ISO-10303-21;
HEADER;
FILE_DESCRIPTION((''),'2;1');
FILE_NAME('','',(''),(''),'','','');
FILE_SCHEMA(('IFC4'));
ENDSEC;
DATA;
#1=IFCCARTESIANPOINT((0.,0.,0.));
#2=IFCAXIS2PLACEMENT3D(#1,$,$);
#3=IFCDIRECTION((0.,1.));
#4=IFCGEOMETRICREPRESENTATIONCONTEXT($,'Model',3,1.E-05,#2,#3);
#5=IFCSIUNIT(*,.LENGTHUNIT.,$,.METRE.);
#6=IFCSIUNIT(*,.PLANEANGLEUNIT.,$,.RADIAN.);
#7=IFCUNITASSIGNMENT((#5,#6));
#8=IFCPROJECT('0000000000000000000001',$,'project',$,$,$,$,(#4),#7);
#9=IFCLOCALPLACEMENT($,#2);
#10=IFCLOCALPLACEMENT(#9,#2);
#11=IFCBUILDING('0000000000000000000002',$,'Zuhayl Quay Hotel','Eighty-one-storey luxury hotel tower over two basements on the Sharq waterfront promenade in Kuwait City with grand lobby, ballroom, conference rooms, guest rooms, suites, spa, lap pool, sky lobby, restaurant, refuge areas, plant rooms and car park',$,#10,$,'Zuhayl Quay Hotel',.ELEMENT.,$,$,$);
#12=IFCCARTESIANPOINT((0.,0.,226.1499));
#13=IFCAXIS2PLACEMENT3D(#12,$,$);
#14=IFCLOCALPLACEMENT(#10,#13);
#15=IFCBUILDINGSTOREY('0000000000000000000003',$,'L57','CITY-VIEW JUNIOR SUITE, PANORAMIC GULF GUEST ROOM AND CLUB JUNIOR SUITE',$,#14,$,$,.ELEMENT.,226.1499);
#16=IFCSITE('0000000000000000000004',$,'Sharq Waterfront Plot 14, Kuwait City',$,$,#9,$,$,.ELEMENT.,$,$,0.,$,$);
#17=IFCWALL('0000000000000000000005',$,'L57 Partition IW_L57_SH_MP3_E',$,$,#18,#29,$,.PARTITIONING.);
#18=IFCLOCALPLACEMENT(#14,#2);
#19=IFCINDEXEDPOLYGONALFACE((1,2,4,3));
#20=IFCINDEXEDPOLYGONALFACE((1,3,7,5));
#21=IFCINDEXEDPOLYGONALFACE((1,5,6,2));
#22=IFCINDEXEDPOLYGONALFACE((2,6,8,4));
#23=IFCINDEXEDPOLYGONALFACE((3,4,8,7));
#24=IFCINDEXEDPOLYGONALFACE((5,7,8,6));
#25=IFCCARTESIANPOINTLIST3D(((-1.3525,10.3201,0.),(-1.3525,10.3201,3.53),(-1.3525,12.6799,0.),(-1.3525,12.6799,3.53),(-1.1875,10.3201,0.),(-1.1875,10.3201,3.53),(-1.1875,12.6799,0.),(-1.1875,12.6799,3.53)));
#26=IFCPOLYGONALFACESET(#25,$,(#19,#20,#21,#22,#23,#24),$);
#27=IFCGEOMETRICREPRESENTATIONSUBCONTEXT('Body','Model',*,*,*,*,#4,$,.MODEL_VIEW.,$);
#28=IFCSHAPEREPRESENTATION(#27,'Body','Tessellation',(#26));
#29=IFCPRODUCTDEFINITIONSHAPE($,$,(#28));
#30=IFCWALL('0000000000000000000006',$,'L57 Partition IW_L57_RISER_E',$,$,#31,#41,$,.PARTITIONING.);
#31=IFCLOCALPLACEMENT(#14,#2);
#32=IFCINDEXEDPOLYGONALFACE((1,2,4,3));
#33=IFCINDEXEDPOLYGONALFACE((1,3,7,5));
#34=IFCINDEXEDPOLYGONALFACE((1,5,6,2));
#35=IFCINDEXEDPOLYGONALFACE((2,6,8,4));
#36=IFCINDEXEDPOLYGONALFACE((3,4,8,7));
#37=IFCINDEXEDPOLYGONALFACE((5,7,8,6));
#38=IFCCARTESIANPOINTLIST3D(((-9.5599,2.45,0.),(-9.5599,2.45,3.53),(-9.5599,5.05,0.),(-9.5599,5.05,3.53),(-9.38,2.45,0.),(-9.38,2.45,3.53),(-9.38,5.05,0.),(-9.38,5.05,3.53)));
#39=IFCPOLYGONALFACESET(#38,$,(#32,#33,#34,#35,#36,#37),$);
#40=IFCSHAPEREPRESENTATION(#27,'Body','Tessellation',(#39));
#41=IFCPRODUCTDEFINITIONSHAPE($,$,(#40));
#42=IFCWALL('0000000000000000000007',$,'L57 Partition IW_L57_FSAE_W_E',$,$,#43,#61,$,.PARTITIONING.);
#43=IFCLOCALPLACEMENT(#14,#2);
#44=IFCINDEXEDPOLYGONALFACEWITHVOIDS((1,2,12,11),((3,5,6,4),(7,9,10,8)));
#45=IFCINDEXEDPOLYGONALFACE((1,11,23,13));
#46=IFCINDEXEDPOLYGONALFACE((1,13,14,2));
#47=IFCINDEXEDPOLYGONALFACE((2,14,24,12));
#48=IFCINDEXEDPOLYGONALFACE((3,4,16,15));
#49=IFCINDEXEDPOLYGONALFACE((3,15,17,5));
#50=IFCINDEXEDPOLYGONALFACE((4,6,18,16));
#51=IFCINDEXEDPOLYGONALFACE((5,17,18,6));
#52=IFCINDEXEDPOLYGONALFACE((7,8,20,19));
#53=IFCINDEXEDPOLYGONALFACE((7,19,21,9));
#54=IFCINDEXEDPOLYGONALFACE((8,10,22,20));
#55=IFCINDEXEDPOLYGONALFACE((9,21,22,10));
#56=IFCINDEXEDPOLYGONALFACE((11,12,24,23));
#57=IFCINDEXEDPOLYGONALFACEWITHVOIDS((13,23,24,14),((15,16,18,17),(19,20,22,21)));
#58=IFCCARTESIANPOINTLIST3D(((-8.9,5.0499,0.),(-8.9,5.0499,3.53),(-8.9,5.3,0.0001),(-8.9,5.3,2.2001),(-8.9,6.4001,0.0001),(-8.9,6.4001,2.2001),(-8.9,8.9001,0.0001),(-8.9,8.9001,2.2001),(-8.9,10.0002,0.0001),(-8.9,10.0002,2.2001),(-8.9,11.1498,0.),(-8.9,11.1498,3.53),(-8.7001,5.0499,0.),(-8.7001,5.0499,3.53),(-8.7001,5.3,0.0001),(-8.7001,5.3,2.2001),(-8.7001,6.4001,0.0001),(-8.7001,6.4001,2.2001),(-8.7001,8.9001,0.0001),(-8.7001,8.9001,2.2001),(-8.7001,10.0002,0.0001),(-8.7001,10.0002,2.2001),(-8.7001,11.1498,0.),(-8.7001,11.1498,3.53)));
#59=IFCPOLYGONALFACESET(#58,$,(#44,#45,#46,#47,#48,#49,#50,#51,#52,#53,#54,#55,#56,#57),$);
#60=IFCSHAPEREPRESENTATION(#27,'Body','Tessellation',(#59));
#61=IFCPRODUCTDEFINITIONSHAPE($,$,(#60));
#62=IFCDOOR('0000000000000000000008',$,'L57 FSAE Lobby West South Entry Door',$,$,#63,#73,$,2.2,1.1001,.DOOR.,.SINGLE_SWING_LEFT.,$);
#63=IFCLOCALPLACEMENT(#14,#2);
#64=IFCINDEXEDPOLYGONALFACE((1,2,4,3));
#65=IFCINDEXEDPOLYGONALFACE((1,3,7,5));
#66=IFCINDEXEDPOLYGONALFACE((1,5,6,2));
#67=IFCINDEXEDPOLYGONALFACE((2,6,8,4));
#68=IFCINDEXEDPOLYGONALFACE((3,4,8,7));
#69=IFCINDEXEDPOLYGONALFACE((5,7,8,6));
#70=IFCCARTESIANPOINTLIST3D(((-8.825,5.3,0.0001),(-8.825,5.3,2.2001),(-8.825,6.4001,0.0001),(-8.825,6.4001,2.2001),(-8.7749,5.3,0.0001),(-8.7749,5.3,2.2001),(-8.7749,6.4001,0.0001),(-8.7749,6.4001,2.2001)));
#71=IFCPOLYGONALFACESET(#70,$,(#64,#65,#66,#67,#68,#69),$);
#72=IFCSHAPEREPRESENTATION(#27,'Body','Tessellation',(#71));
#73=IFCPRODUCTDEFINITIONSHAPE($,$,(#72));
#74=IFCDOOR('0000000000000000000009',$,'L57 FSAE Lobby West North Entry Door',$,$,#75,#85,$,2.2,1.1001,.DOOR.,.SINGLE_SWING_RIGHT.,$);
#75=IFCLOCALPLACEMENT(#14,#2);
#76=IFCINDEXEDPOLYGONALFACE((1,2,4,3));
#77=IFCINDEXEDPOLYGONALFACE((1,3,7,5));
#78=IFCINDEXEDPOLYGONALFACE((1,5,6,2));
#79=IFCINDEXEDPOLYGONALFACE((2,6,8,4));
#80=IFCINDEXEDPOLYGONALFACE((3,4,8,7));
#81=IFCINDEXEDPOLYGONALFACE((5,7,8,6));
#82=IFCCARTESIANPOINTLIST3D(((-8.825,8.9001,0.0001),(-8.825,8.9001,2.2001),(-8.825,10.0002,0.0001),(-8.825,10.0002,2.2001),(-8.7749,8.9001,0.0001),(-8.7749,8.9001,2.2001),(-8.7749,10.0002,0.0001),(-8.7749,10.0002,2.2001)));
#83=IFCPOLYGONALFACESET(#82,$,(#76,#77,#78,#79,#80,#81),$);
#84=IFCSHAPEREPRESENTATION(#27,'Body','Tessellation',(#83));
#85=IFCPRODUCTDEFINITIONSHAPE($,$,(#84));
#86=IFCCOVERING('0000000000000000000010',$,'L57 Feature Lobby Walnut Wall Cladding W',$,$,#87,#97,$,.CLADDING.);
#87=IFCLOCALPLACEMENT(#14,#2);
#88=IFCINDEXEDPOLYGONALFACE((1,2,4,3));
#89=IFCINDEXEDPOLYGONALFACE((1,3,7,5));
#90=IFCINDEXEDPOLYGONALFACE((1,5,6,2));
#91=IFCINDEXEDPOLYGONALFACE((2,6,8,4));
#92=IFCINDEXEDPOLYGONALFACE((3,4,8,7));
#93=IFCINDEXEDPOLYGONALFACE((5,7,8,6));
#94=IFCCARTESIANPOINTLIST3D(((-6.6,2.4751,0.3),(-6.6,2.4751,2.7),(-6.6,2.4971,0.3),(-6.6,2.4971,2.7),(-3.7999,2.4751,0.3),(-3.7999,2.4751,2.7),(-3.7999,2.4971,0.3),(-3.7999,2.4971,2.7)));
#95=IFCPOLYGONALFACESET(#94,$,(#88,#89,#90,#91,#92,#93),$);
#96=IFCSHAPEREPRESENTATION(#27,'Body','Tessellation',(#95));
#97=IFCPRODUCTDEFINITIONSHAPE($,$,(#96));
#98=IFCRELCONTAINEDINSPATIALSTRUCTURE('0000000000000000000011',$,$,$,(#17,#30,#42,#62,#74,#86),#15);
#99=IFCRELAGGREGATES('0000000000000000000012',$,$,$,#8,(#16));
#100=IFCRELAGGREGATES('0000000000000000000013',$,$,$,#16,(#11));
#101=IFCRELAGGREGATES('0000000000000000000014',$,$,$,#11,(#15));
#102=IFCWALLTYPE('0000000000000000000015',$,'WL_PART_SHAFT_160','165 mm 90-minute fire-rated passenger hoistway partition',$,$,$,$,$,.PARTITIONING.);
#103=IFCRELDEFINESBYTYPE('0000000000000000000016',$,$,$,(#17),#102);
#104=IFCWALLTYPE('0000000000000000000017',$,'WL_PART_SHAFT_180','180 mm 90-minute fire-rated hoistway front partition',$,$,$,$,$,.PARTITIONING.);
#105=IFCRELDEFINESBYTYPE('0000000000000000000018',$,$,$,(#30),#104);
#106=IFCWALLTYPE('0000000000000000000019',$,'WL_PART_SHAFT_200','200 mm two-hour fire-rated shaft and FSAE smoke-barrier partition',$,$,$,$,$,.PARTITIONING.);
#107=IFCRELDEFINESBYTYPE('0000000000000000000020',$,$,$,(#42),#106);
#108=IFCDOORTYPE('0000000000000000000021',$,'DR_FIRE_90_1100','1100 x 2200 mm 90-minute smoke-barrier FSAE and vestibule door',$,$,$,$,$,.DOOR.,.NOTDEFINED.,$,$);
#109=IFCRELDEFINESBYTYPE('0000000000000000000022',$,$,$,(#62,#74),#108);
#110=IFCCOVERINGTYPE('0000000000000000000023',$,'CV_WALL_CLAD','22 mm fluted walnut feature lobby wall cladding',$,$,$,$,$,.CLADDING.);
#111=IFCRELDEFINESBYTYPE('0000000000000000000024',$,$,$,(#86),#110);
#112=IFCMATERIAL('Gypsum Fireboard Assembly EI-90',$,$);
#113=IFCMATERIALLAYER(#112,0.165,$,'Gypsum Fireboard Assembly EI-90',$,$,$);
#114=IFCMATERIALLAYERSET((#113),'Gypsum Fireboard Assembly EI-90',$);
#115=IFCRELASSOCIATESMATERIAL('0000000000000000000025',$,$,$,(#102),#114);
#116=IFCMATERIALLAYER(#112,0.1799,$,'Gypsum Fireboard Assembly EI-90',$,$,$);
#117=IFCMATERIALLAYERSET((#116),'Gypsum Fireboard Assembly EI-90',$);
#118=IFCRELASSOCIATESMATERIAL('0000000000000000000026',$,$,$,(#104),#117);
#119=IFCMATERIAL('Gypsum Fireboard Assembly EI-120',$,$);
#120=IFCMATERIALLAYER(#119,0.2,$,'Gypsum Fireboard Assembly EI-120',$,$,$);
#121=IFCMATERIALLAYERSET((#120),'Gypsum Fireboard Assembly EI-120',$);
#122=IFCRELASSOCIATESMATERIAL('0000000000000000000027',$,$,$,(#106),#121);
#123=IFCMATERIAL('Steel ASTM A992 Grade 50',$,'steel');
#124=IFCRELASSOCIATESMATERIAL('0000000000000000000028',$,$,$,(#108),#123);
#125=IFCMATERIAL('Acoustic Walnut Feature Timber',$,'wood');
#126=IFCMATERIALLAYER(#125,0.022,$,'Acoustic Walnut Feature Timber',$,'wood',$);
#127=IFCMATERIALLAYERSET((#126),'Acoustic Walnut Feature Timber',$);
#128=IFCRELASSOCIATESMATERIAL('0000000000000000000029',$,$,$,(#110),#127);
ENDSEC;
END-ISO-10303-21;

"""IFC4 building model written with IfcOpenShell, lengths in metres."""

from ifc_helpers import new_model, si_unit, direction, frame, frame_2d, origin, origin_2d, place, context, subcontext, project, spatial, rectangle, extrude, material, layer, layer_set, type_object, element, fill, save


model = new_model("IFC4")

# Units and contexts
model_context = context("Model", 3, precision=1e-05, world=origin(), true_north=direction((0.0, 1.0)))
body_context = subcontext(model_context, "Body", "Model", "MODEL_VIEW")
ifc_project = project(units=[si_unit("LENGTHUNIT", "METRE"), si_unit("PLANEANGLEUNIT", "RADIAN")], contexts=[model_context])

# Site, building, storey
site_placement = place(None, origin())
site = spatial("IfcSite", under=ifc_project, at=site_placement, Name="Sharq Waterfront Plot 14, Kuwait City", CompositionType="ELEMENT", RefElevation=0.0)
building_placement = place(site_placement, origin())
building = spatial("IfcBuilding", under=site, at=building_placement, Name="Zuhayl Quay Hotel", Description="Eighty-one-storey luxury hotel tower over two basements on the Sharq waterfront promenade in Kuwait City with grand lobby, ballroom, conference rooms, guest rooms, suites, spa, lap pool, sky lobby, restaurant, refuge areas, plant rooms and car park", LongName="Zuhayl Quay Hotel", CompositionType="ELEMENT")
storey_placement = place(building_placement, frame((0.0, 0.0, 226.1499)))
storey = spatial("IfcBuildingStorey", under=building, at=storey_placement, Name="L57", Description="CITY-VIEW JUNIOR SUITE, PANORAMIC GULF GUEST ROOM AND CLUB JUNIOR SUITE", CompositionType="ELEMENT", Elevation=226.1499)

# Shared definitions
ifc_material_1 = material(Name="Steel ASTM A992 Grade 50", Category="steel")

# Shared definitions
ifc_material_2 = material(Name="Gypsum Fireboard Assembly EI-90")
ifc_layer_1 = layer(ifc_material_2, 0.165, Name="Gypsum Fireboard Assembly EI-90")
ifc_layer_set_1 = layer_set([ifc_layer_1], Name="Gypsum Fireboard Assembly EI-90")
wall_type_1 = type_object("IfcWallType", Name="WL_PART_SHAFT_160", Description="165 mm 90-minute fire-rated passenger hoistway partition", PredefinedType="PARTITIONING", material=ifc_layer_set_1)

# Walls
for number, where, z_axis, x_axis, name in (
    (1, (-1.27, 10.3201, 0.0), (0.0, 0.0, 1.0), (0.0, 1.0, 0.0), "L57 Partition IW_L57_SH_MP3_E"),
):
    element("IfcWall", number, at=place(storey_placement, frame(where, z_axis=z_axis, x_axis=x_axis)), inside=storey, type_object=wall_type_1, Name=name, PredefinedType="PARTITIONING", context=body_context, shape_type="SweptSolid", body=[
        extrude(rectangle(XDim=2.3599, YDim=0.165, at=frame_2d((1.1799, 0.0))), origin(), (0.0, 0.0, 1.0), 3.53),
    ])
ifc_layer_2 = layer(ifc_material_2, 0.1799, Name="Gypsum Fireboard Assembly EI-90")
ifc_layer_set_2 = layer_set([ifc_layer_2], Name="Gypsum Fireboard Assembly EI-90")
wall_type_2 = type_object("IfcWallType", Name="WL_PART_SHAFT_180", Description="180 mm 90-minute fire-rated hoistway front partition", PredefinedType="PARTITIONING", material=ifc_layer_set_2)
wall_1_placement = place(storey_placement, frame((-9.47, 2.45, 0.0), z_axis=(0.0, 0.0, 1.0), x_axis=(0.0, 1.0, 0.0)))
element("IfcWall", 2, at=wall_1_placement, inside=storey, type_object=wall_type_2, Name="L57 Partition IW_L57_RISER_E", PredefinedType="PARTITIONING", context=body_context, shape_type="SweptSolid", body=[
    extrude(rectangle(XDim=2.6001, YDim=0.1799, at=frame_2d((1.3, 0.0))), origin(), (0.0, 0.0, 1.0), 3.53),
])

# Wall, openings, doors
ifc_material_3 = material(Name="Gypsum Fireboard Assembly EI-120")
ifc_layer_3 = layer(ifc_material_3, 0.2, Name="Gypsum Fireboard Assembly EI-120")
ifc_layer_set_3 = layer_set([ifc_layer_3], Name="Gypsum Fireboard Assembly EI-120")
wall_type_3 = type_object("IfcWallType", Name="WL_PART_SHAFT_200", Description="200 mm two-hour fire-rated shaft and FSAE smoke-barrier partition", PredefinedType="PARTITIONING", material=ifc_layer_set_3)
wall_2_placement = place(storey_placement, frame((-8.8, 5.05, 0.0), z_axis=(0.0, 0.0, 1.0), x_axis=(0.0, 1.0, 0.0)))
wall_2 = element("IfcWall", 3, at=wall_2_placement, inside=storey, type_object=wall_type_3, Name="L57 Partition IW_L57_FSAE_W_E", PredefinedType="PARTITIONING", context=body_context, shape_type="SweptSolid", body=[
    extrude(rectangle(XDim=6.0999, YDim=0.2, at=frame_2d((3.0498, 0.0))), origin(), (0.0, 0.0, 1.0), 3.53),
])
opening_1_placement = place(wall_2_placement, frame((0.25, 0.0, 0.0)))
opening_1 = element("IfcOpeningElement", 4, at=opening_1_placement, cuts=wall_2, PredefinedType="OPENING", context=body_context, shape_type="SweptSolid", body=[
    extrude(rectangle(XDim=1.1001, YDim=2.2, at=frame_2d((0.55, 1.1001))), frame((0.0, 0.1099, 0.0), z_axis=(0.0, -1.0, 0.0), x_axis=(1.0, 0.0, 0.0)), (0.0, 0.0, 1.0), 0.22),
])
opening_2_placement = place(wall_2_placement, frame((3.8501, 0.0, 0.0)))
opening_2 = element("IfcOpeningElement", 5, at=opening_2_placement, cuts=wall_2, PredefinedType="OPENING", context=body_context, shape_type="SweptSolid", body=[
    extrude(rectangle(XDim=1.1001, YDim=2.2, at=frame_2d((0.55, 1.1001))), frame((0.0, 0.1099, 0.0), z_axis=(0.0, -1.0, 0.0), x_axis=(1.0, 0.0, 0.0)), (0.0, 0.0, 1.0), 0.22),
])
door_type_1 = type_object("IfcDoorType", Name="DR_FIRE_90_1100", Description="1100 x 2200 mm 90-minute smoke-barrier FSAE and vestibule door", OperationType="NOTDEFINED", PredefinedType="DOOR", material=ifc_material_1)
door_1_placement = place(opening_1_placement, origin())
door_1 = element("IfcDoor", 6, at=door_1_placement, inside=storey, type_object=door_type_1, Name="L57 FSAE Lobby West South Entry Door", OperationType="SINGLE_SWING_LEFT", OverallHeight=2.2, OverallWidth=1.1001, PredefinedType="DOOR", context=body_context, shape_type="SweptSolid", body=[
    extrude(rectangle(XDim=1.1001, YDim=2.2, at=frame_2d((0.55, 1.1001))), frame((0.0, 0.0249, 0.0), z_axis=(0.0, -1.0, 0.0), x_axis=(1.0, 0.0, 0.0)), (0.0, 0.0, 1.0), 0.05),
])
fill(opening_1, door_1)
door_2_placement = place(opening_2_placement, origin())
door_2 = element("IfcDoor", 7, at=door_2_placement, inside=storey, type_object=door_type_1, Name="L57 FSAE Lobby West North Entry Door", OperationType="SINGLE_SWING_RIGHT", OverallHeight=2.2, OverallWidth=1.1001, PredefinedType="DOOR", context=body_context, shape_type="SweptSolid", body=[
    extrude(rectangle(XDim=1.1001, YDim=2.2, at=frame_2d((0.55, 1.1001))), frame((0.0, 0.0249, 0.0), z_axis=(0.0, -1.0, 0.0), x_axis=(1.0, 0.0, 0.0)), (0.0, 0.0, 1.0), 0.05),
])
fill(opening_2, door_2)

# Covering
ifc_material_4 = material(Name="Acoustic Walnut Feature Timber", Category="wood")
ifc_layer_4 = layer(ifc_material_4, 0.022, Name="Acoustic Walnut Feature Timber", Category="wood")
ifc_layer_set_4 = layer_set([ifc_layer_4], Name="Acoustic Walnut Feature Timber")
covering_type = type_object("IfcCoveringType", Name="CV_WALL_CLAD", Description="22 mm fluted walnut feature lobby wall cladding", PredefinedType="CLADDING", material=ifc_layer_set_4)
covering_placement = place(storey_placement, frame((-5.2, 2.4861, 0.3), z_axis=(0.0, 0.0, 1.0), x_axis=(1.0, 0.0, 0.0)))
element("IfcCovering", 8, at=covering_placement, inside=storey, type_object=covering_type, Name="L57 Feature Lobby Walnut Wall Cladding W", PredefinedType="CLADDING", context=body_context, shape_type="SweptSolid", body=[
    extrude(rectangle(XDim=2.8, YDim=0.022, at=origin_2d()), origin(), (0.0, 0.0, 1.0), 2.3999),
])

save(model, "model.ifc")
